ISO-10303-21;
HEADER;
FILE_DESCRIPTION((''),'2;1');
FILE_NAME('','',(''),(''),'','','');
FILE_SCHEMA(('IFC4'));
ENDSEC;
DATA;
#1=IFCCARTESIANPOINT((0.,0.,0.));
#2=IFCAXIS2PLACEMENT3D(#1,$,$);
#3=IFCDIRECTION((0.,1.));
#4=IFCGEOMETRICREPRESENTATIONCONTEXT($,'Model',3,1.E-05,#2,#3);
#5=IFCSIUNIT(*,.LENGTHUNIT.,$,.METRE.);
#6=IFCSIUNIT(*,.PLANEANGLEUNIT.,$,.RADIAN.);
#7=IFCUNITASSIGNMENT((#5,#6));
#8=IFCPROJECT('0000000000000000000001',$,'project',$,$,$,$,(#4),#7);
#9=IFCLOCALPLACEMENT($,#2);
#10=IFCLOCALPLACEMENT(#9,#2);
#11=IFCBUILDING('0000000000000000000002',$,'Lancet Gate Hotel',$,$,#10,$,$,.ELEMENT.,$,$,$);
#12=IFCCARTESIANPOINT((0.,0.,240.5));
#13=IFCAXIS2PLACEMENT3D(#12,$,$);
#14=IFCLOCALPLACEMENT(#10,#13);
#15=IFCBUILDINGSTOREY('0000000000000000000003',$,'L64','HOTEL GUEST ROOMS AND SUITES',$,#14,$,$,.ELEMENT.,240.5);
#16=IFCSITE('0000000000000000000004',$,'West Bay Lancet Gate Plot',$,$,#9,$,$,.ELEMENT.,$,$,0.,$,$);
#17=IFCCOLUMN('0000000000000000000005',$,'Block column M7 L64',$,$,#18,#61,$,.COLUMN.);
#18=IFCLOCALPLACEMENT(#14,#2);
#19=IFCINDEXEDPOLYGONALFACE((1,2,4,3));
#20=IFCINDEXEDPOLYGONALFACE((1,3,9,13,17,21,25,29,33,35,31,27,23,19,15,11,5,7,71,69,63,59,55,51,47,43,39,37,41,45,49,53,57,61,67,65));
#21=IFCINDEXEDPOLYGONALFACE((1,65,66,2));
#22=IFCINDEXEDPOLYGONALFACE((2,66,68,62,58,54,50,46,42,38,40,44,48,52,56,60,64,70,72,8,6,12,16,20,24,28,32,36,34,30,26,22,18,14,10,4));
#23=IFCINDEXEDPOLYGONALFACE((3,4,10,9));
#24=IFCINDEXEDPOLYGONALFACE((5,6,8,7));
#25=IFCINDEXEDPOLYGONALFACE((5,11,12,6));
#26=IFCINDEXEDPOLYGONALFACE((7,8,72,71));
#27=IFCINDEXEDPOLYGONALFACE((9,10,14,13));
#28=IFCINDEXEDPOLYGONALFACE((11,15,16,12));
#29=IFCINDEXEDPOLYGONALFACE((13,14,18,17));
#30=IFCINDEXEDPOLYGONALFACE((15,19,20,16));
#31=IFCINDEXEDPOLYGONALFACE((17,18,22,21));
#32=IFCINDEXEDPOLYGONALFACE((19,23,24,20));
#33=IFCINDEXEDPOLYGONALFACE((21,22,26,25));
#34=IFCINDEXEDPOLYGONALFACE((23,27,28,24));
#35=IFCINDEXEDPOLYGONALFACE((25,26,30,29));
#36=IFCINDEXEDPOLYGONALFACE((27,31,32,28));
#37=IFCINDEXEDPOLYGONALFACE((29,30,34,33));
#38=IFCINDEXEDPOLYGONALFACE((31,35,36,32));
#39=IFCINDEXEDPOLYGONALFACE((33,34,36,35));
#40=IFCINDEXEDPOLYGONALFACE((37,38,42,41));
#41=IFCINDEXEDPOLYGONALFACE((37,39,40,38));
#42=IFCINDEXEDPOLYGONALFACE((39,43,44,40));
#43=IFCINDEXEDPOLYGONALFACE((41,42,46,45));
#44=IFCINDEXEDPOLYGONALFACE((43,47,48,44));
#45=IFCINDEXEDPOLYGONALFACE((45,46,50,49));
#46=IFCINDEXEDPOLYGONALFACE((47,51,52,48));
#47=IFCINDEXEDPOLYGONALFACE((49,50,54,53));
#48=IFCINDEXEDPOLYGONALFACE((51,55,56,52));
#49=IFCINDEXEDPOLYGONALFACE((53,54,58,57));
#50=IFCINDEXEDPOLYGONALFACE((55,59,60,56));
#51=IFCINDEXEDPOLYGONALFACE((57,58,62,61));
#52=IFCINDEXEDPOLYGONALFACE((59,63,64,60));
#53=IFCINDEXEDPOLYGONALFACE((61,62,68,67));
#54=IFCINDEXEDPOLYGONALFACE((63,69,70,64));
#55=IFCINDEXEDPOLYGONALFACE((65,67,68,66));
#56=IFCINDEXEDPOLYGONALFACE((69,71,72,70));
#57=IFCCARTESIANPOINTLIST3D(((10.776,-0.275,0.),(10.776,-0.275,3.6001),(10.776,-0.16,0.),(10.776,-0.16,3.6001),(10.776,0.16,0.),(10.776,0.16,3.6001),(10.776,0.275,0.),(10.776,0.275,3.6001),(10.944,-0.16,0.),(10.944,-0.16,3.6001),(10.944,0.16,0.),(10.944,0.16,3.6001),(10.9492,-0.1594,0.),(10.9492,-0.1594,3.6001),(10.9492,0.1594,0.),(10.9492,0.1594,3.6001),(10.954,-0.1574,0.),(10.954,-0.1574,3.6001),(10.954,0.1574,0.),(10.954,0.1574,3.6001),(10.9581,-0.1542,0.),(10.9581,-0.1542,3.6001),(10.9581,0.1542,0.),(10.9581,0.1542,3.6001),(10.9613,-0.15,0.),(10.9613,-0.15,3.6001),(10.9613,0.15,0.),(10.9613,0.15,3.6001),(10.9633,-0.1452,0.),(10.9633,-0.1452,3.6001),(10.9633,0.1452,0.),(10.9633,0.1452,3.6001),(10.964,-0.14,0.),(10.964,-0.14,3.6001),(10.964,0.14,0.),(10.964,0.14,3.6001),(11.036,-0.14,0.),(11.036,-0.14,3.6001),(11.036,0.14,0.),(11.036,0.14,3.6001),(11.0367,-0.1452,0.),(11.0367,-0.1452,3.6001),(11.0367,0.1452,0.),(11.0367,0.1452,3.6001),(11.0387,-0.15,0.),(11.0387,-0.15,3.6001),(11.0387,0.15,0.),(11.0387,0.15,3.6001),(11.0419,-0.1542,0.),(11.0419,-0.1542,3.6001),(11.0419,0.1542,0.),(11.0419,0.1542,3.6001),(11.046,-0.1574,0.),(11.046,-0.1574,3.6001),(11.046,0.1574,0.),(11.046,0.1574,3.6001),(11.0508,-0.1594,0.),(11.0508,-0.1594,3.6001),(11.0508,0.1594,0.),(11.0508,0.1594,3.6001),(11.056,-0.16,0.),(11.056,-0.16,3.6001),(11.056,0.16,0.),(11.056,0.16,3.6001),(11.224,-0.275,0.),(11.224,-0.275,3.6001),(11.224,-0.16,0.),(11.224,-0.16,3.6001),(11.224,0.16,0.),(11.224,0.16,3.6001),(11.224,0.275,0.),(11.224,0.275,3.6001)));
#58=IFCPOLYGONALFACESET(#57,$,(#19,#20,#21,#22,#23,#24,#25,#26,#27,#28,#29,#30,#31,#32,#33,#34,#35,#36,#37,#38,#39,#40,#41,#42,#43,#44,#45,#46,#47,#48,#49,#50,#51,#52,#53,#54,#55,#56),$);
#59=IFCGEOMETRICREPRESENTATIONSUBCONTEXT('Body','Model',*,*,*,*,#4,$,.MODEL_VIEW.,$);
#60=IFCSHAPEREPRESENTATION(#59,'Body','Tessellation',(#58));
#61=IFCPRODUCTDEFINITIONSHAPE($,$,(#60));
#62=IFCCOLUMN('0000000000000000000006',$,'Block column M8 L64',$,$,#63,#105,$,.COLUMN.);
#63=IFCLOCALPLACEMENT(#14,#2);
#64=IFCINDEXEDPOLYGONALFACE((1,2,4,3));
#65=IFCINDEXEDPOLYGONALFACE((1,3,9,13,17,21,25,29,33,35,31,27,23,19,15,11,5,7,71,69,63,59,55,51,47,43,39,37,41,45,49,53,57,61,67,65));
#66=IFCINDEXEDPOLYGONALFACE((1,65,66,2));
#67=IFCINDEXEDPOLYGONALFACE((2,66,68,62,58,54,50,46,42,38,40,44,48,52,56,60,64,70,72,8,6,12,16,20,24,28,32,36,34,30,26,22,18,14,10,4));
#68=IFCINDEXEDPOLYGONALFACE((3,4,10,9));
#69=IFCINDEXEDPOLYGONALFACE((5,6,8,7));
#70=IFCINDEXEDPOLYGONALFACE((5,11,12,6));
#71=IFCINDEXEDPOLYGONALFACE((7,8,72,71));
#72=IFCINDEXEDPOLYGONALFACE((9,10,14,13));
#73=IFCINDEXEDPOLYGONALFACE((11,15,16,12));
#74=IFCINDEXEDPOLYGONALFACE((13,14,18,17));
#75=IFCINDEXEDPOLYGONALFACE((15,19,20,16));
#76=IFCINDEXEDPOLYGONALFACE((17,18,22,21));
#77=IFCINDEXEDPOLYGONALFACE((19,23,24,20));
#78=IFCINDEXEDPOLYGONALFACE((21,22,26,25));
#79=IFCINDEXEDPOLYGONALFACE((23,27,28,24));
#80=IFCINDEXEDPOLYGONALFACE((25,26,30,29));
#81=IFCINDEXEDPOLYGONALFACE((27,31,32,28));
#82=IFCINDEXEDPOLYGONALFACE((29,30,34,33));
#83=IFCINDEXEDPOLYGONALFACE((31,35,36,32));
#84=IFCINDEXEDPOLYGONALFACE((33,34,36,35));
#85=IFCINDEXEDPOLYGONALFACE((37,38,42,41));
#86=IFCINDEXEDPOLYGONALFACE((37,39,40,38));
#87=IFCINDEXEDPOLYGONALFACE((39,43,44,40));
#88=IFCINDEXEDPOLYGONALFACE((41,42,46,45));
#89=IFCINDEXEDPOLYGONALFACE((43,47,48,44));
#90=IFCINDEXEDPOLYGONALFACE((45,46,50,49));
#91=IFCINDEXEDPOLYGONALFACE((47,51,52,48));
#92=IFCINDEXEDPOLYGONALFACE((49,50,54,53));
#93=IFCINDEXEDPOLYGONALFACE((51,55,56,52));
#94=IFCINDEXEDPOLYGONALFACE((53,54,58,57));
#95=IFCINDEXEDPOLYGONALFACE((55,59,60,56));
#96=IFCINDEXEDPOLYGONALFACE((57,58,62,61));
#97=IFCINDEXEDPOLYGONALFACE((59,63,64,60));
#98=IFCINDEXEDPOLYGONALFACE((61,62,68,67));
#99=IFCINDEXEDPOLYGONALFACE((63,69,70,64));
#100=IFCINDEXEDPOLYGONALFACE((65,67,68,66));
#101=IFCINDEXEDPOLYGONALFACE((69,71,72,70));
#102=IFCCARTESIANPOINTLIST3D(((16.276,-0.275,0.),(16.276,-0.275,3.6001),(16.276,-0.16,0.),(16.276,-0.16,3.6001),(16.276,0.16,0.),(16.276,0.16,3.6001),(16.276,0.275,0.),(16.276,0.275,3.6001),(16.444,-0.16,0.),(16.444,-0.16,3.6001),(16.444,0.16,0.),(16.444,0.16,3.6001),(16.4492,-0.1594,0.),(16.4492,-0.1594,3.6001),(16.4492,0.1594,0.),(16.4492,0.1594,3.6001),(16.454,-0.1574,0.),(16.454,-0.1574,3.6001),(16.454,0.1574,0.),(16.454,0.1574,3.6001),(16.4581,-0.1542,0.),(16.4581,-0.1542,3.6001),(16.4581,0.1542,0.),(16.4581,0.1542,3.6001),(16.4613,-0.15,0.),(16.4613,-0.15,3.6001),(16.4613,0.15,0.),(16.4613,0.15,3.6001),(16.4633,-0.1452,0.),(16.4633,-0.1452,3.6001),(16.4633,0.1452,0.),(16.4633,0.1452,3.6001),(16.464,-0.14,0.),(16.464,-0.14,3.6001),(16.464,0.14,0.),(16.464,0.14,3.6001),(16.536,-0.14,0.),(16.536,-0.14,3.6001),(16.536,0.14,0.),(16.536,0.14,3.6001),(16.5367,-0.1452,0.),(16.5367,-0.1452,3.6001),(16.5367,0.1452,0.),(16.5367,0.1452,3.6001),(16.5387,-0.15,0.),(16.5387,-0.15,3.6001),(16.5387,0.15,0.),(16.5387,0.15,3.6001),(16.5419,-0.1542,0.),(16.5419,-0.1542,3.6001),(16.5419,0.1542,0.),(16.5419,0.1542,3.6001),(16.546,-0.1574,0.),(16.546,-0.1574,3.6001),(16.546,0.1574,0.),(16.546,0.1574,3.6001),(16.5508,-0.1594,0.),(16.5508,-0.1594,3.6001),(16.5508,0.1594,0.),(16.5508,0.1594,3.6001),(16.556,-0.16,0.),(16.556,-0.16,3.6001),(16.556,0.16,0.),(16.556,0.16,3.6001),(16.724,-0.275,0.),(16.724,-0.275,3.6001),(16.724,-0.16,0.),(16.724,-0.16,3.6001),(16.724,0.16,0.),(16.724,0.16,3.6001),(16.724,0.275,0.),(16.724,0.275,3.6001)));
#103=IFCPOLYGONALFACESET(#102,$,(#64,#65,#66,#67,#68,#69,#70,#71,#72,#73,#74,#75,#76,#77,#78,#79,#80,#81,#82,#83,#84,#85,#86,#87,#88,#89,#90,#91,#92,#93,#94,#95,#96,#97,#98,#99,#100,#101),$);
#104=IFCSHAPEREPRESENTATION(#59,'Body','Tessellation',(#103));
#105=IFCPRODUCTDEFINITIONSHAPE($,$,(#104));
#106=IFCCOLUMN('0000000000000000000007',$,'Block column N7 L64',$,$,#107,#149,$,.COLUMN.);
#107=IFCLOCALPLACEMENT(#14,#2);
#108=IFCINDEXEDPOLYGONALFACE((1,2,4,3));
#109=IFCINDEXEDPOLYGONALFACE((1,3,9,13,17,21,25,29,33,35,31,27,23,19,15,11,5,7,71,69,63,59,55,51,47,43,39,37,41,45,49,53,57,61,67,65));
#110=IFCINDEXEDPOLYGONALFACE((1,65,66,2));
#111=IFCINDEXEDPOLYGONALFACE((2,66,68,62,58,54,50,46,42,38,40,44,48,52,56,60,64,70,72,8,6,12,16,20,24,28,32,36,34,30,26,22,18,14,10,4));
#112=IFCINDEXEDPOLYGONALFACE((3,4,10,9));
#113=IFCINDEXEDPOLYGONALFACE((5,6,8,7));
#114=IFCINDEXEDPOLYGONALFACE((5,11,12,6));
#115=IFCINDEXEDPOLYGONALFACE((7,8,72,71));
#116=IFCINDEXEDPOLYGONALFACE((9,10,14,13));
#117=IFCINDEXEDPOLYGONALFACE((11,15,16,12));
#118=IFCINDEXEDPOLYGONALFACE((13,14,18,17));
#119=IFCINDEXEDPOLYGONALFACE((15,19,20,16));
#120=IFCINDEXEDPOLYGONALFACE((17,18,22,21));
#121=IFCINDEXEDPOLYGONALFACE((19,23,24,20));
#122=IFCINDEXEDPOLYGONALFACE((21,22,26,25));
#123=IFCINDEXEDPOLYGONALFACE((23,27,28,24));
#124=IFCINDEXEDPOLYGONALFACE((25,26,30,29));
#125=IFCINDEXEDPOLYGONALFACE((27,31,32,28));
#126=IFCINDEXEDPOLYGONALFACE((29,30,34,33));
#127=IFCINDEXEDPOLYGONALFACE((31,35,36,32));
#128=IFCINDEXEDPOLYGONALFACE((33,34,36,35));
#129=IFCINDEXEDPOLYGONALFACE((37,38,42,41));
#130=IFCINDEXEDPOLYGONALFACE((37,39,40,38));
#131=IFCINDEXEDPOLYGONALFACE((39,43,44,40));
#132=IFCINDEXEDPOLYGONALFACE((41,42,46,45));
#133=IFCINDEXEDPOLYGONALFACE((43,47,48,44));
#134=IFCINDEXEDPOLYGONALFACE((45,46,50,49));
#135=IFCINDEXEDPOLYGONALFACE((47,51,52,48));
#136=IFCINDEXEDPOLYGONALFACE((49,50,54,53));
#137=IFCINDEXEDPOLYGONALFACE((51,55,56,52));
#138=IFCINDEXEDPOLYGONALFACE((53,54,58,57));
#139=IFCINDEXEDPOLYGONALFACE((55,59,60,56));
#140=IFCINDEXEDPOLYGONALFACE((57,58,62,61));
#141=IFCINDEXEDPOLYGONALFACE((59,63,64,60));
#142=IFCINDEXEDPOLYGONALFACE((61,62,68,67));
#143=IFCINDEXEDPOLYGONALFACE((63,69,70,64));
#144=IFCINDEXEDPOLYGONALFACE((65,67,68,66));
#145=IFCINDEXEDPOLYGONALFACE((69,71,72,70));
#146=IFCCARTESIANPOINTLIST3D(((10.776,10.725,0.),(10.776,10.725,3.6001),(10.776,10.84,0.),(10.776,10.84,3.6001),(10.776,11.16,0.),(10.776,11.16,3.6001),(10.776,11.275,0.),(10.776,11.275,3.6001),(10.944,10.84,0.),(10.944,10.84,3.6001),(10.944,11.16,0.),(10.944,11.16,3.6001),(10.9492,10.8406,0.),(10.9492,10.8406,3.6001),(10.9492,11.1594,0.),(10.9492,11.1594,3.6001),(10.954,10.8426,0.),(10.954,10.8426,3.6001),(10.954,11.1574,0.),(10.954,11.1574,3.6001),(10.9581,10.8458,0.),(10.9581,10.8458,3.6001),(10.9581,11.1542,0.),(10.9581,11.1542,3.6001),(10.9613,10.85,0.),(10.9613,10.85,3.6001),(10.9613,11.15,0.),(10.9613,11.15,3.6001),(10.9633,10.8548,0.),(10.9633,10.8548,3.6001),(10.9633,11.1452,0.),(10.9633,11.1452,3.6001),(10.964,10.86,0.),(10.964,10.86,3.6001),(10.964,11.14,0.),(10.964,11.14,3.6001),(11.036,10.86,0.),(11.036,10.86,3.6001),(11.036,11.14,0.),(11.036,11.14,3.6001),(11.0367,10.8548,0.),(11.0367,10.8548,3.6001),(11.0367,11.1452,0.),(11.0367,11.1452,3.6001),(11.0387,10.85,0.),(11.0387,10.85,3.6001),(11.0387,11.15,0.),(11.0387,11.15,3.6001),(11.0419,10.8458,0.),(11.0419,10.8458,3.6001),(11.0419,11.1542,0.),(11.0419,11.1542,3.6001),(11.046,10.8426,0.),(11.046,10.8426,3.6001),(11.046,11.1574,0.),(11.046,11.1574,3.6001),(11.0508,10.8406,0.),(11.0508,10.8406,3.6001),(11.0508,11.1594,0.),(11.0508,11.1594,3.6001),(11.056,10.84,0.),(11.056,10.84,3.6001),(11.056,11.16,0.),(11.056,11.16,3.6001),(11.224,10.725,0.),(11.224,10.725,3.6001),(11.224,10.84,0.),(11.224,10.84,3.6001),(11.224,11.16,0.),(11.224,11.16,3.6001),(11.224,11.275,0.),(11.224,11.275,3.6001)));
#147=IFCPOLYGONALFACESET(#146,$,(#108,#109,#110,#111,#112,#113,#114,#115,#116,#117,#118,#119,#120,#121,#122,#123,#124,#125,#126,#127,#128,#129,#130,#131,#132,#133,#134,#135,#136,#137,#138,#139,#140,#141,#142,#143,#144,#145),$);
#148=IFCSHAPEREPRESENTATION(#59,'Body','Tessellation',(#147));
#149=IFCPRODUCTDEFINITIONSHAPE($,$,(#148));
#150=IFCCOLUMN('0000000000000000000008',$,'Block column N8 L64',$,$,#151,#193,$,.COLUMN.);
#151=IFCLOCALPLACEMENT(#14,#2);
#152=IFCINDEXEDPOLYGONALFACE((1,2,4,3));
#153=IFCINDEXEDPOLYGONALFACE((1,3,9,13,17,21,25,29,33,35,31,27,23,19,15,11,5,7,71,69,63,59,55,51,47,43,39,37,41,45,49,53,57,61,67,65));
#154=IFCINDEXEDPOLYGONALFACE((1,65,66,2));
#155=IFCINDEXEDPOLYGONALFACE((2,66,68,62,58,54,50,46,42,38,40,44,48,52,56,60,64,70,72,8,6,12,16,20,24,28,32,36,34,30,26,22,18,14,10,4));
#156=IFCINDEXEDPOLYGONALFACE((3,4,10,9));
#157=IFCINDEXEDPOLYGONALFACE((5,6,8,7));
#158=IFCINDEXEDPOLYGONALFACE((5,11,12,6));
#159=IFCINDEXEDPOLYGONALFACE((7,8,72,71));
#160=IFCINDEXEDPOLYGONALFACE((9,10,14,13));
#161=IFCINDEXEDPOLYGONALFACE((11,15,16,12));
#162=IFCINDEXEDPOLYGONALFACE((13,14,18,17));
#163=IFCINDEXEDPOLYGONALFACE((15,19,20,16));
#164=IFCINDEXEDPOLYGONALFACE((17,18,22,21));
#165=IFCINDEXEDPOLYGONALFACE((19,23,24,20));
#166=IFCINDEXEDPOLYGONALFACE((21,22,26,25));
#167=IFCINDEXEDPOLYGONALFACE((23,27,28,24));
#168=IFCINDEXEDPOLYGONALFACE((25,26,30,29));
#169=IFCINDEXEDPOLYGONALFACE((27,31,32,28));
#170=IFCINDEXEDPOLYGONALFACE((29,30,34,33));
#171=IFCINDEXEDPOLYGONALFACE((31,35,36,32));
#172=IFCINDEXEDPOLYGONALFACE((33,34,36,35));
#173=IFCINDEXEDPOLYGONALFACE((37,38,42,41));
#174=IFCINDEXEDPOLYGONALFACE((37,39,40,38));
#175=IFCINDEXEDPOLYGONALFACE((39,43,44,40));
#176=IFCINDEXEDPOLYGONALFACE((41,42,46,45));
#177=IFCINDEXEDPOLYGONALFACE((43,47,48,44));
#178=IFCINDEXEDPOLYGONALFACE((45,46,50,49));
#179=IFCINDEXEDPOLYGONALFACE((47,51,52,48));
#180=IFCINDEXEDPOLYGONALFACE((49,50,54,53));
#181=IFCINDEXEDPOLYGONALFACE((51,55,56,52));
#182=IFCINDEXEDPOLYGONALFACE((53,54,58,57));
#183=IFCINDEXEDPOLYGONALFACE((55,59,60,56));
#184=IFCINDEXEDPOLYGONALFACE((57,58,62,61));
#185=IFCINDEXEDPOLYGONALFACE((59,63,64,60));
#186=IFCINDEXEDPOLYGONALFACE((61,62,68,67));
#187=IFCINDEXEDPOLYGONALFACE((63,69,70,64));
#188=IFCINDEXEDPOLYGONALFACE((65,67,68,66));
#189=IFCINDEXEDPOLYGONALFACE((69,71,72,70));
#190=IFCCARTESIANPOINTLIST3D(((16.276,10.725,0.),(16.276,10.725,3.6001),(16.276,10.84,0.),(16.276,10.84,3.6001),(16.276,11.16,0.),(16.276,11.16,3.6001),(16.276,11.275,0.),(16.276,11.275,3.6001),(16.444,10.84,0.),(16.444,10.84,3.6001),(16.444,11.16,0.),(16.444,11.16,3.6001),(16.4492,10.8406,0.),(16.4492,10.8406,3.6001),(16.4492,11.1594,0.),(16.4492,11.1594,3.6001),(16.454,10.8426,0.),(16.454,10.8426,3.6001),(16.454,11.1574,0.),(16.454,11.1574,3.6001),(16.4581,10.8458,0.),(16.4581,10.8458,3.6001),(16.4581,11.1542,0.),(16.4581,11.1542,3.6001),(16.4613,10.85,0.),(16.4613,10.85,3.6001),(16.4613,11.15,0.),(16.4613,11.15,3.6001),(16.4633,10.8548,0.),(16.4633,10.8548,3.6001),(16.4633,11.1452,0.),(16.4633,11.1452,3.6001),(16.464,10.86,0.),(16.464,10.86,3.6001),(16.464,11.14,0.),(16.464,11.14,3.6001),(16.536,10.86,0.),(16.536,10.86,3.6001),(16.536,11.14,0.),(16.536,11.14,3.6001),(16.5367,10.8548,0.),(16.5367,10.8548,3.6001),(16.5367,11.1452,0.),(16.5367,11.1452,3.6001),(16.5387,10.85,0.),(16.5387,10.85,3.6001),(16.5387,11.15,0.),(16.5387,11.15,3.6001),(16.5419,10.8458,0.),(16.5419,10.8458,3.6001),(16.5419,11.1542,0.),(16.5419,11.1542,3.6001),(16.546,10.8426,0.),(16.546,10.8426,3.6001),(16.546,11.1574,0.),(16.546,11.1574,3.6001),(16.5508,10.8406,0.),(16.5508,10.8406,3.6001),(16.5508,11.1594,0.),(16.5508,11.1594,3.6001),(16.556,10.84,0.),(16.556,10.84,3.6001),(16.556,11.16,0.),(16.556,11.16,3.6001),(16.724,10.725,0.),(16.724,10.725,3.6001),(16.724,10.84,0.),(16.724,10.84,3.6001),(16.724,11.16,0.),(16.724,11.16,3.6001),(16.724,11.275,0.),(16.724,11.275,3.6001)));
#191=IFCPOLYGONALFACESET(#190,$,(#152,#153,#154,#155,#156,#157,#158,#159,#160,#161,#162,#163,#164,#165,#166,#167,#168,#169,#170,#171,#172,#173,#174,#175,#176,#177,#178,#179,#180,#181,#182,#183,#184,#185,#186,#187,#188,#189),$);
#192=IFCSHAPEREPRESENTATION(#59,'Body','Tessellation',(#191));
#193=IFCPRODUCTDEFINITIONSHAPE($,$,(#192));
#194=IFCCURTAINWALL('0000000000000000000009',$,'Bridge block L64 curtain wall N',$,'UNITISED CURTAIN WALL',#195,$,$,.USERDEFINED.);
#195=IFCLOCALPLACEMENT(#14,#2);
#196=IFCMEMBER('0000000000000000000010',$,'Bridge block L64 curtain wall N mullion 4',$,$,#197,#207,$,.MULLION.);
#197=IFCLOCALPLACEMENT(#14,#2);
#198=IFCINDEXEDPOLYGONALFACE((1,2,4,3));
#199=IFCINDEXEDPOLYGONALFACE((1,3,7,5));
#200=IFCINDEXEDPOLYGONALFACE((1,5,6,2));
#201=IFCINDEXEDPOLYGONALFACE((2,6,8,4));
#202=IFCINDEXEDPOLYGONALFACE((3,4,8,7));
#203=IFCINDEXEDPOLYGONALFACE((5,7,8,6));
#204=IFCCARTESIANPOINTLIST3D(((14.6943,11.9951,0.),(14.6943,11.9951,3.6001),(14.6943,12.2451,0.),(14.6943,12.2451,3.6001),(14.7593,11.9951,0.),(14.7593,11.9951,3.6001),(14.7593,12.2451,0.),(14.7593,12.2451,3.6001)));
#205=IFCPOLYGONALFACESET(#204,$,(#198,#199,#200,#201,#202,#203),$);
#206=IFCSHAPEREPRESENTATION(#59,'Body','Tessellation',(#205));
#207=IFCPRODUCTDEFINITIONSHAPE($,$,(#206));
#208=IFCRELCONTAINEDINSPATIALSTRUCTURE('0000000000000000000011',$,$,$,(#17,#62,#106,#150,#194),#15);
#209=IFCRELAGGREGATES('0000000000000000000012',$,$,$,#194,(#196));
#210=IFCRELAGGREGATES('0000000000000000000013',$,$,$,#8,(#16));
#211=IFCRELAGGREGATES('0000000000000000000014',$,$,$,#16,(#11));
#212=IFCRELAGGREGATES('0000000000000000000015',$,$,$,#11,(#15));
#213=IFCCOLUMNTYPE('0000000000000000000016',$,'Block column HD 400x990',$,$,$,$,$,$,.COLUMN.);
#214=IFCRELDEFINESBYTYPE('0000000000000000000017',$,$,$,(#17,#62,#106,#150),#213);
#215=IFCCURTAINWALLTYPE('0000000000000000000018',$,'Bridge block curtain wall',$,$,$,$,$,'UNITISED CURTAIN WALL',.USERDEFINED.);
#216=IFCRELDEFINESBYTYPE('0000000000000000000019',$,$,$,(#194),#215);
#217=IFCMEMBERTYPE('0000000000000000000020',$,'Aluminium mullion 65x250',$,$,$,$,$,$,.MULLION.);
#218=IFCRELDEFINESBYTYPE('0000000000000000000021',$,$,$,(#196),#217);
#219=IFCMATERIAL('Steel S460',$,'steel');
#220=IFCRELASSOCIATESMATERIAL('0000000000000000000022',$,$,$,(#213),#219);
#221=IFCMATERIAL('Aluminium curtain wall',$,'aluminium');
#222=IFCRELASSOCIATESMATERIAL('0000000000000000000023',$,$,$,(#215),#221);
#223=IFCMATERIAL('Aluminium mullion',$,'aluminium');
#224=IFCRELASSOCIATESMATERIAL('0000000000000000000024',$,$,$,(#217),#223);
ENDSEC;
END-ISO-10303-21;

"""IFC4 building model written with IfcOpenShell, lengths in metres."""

from ifc_helpers import new_model, si_unit, direction, frame, origin, origin_2d, place, context, subcontext, project, spatial, rectangle, i_section, extrude, material, material_profile, profile_set, type_object, element, aggregate, save


model = new_model("IFC4")

# Units and contexts
model_context = context("Model", 3, precision=1e-05, world=origin(), true_north=direction((0.0, 1.0)))
body_context = subcontext(model_context, "Body", "Model", "MODEL_VIEW")
ifc_project = project(units=[si_unit("LENGTHUNIT", "METRE"), si_unit("PLANEANGLEUNIT", "RADIAN")], contexts=[model_context])

# Site, building, storey
site_placement = place(None, origin())
site = spatial("IfcSite", under=ifc_project, at=site_placement, Name="West Bay Lancet Gate Plot", CompositionType="ELEMENT", RefElevation=0.0)
building_placement = place(site_placement, origin())
building = spatial("IfcBuilding", under=site, at=building_placement, Name="Lancet Gate Hotel", CompositionType="ELEMENT")
storey_placement = place(building_placement, frame((0.0, 0.0, 240.5)))
storey = spatial("IfcBuildingStorey", under=building, at=storey_placement, Name="L64", Description="HOTEL GUEST ROOMS AND SUITES", CompositionType="ELEMENT", Elevation=240.5)

# Columns
ifc_material_1 = material(Name="Steel S460", Category="steel")
ifc_material_profile_1 = material_profile(ifc_material_1, i_section(OverallWidth=0.448, OverallDepth=0.55, WebThickness=0.072, FlangeThickness=0.115, FilletRadius=0.02, at=origin_2d()), Name="HD 400x990")
ifc_profile_set_1 = profile_set([ifc_material_profile_1], Name="Steel S460")
column_type = type_object("IfcColumnType", Name="Block column HD 400x990", PredefinedType="COLUMN", material=ifc_profile_set_1)
for number, where, z_axis, x_axis, name in (
    (1, (11.0, 0.0, 0.0), (0.0, 0.0, 1.0), (1.0, 0.0, 0.0), "Block column M7 L64"),
    (2, (16.5, 0.0, 0.0), (0.0, 0.0, 1.0), (1.0, 0.0, 0.0), "Block column M8 L64"),
    (3, (11.0, 11.0, 0.0), (0.0, 0.0, 1.0), (1.0, 0.0, 0.0), "Block column N7 L64"),
    (4, (16.5, 11.0, 0.0), (0.0, 0.0, 1.0), (1.0, 0.0, 0.0), "Block column N8 L64"),
):
    element("IfcColumn", number, at=place(storey_placement, frame(where, z_axis=z_axis, x_axis=x_axis)), inside=storey, type_object=column_type, Name=name, PredefinedType="COLUMN", context=body_context, shape_type="SweptSolid", body=[
        extrude(i_section(OverallWidth=0.448, OverallDepth=0.55, WebThickness=0.072, FlangeThickness=0.115, FilletRadius=0.02, at=origin_2d()), origin(), (0.0, 0.0, 1.0), 3.6001),
    ])

# Curtain wall, member
ifc_material_2 = material(Name="Aluminium curtain wall", Category="aluminium")
curtain_wall_type = type_object("IfcCurtainWallType", Name="Bridge block curtain wall", ElementType="UNITISED CURTAIN WALL", PredefinedType="USERDEFINED", material=ifc_material_2)
curtain_wall_placement = place(storey_placement, origin())
curtain_wall = element("IfcCurtainWall", 5, at=curtain_wall_placement, inside=storey, type_object=curtain_wall_type, Name="Bridge block L64 curtain wall N", ObjectType="UNITISED CURTAIN WALL", PredefinedType="USERDEFINED")
ifc_material_3 = material(Name="Aluminium mullion", Category="aluminium")
ifc_material_profile_2 = material_profile(ifc_material_3, rectangle(XDim=0.0649, YDim=0.25, at=origin_2d()), Name="MULLION 65x250")
ifc_profile_set_2 = profile_set([ifc_material_profile_2], Name="Aluminium mullion")
member_type_1 = type_object("IfcMemberType", Name="Aluminium mullion 65x250", PredefinedType="MULLION", material=ifc_profile_set_2)
member_1_placement = place(storey_placement, frame((14.7268, 12.1201, 0.0), z_axis=(0.0, 0.0, 1.0), x_axis=(-1.0, 0.0, 0.0)))
member_1 = element("IfcMember", 6, at=member_1_placement, type_object=member_type_1, Name="Bridge block L64 curtain wall N mullion 4", PredefinedType="MULLION", context=body_context, shape_type="SweptSolid", body=[
    extrude(rectangle(XDim=0.0649, YDim=0.25, at=origin_2d()), origin(), (0.0, 0.0, 1.0), 3.6001),
])

aggregate(curtain_wall, [member_1])

save(model, "model.ifc")
